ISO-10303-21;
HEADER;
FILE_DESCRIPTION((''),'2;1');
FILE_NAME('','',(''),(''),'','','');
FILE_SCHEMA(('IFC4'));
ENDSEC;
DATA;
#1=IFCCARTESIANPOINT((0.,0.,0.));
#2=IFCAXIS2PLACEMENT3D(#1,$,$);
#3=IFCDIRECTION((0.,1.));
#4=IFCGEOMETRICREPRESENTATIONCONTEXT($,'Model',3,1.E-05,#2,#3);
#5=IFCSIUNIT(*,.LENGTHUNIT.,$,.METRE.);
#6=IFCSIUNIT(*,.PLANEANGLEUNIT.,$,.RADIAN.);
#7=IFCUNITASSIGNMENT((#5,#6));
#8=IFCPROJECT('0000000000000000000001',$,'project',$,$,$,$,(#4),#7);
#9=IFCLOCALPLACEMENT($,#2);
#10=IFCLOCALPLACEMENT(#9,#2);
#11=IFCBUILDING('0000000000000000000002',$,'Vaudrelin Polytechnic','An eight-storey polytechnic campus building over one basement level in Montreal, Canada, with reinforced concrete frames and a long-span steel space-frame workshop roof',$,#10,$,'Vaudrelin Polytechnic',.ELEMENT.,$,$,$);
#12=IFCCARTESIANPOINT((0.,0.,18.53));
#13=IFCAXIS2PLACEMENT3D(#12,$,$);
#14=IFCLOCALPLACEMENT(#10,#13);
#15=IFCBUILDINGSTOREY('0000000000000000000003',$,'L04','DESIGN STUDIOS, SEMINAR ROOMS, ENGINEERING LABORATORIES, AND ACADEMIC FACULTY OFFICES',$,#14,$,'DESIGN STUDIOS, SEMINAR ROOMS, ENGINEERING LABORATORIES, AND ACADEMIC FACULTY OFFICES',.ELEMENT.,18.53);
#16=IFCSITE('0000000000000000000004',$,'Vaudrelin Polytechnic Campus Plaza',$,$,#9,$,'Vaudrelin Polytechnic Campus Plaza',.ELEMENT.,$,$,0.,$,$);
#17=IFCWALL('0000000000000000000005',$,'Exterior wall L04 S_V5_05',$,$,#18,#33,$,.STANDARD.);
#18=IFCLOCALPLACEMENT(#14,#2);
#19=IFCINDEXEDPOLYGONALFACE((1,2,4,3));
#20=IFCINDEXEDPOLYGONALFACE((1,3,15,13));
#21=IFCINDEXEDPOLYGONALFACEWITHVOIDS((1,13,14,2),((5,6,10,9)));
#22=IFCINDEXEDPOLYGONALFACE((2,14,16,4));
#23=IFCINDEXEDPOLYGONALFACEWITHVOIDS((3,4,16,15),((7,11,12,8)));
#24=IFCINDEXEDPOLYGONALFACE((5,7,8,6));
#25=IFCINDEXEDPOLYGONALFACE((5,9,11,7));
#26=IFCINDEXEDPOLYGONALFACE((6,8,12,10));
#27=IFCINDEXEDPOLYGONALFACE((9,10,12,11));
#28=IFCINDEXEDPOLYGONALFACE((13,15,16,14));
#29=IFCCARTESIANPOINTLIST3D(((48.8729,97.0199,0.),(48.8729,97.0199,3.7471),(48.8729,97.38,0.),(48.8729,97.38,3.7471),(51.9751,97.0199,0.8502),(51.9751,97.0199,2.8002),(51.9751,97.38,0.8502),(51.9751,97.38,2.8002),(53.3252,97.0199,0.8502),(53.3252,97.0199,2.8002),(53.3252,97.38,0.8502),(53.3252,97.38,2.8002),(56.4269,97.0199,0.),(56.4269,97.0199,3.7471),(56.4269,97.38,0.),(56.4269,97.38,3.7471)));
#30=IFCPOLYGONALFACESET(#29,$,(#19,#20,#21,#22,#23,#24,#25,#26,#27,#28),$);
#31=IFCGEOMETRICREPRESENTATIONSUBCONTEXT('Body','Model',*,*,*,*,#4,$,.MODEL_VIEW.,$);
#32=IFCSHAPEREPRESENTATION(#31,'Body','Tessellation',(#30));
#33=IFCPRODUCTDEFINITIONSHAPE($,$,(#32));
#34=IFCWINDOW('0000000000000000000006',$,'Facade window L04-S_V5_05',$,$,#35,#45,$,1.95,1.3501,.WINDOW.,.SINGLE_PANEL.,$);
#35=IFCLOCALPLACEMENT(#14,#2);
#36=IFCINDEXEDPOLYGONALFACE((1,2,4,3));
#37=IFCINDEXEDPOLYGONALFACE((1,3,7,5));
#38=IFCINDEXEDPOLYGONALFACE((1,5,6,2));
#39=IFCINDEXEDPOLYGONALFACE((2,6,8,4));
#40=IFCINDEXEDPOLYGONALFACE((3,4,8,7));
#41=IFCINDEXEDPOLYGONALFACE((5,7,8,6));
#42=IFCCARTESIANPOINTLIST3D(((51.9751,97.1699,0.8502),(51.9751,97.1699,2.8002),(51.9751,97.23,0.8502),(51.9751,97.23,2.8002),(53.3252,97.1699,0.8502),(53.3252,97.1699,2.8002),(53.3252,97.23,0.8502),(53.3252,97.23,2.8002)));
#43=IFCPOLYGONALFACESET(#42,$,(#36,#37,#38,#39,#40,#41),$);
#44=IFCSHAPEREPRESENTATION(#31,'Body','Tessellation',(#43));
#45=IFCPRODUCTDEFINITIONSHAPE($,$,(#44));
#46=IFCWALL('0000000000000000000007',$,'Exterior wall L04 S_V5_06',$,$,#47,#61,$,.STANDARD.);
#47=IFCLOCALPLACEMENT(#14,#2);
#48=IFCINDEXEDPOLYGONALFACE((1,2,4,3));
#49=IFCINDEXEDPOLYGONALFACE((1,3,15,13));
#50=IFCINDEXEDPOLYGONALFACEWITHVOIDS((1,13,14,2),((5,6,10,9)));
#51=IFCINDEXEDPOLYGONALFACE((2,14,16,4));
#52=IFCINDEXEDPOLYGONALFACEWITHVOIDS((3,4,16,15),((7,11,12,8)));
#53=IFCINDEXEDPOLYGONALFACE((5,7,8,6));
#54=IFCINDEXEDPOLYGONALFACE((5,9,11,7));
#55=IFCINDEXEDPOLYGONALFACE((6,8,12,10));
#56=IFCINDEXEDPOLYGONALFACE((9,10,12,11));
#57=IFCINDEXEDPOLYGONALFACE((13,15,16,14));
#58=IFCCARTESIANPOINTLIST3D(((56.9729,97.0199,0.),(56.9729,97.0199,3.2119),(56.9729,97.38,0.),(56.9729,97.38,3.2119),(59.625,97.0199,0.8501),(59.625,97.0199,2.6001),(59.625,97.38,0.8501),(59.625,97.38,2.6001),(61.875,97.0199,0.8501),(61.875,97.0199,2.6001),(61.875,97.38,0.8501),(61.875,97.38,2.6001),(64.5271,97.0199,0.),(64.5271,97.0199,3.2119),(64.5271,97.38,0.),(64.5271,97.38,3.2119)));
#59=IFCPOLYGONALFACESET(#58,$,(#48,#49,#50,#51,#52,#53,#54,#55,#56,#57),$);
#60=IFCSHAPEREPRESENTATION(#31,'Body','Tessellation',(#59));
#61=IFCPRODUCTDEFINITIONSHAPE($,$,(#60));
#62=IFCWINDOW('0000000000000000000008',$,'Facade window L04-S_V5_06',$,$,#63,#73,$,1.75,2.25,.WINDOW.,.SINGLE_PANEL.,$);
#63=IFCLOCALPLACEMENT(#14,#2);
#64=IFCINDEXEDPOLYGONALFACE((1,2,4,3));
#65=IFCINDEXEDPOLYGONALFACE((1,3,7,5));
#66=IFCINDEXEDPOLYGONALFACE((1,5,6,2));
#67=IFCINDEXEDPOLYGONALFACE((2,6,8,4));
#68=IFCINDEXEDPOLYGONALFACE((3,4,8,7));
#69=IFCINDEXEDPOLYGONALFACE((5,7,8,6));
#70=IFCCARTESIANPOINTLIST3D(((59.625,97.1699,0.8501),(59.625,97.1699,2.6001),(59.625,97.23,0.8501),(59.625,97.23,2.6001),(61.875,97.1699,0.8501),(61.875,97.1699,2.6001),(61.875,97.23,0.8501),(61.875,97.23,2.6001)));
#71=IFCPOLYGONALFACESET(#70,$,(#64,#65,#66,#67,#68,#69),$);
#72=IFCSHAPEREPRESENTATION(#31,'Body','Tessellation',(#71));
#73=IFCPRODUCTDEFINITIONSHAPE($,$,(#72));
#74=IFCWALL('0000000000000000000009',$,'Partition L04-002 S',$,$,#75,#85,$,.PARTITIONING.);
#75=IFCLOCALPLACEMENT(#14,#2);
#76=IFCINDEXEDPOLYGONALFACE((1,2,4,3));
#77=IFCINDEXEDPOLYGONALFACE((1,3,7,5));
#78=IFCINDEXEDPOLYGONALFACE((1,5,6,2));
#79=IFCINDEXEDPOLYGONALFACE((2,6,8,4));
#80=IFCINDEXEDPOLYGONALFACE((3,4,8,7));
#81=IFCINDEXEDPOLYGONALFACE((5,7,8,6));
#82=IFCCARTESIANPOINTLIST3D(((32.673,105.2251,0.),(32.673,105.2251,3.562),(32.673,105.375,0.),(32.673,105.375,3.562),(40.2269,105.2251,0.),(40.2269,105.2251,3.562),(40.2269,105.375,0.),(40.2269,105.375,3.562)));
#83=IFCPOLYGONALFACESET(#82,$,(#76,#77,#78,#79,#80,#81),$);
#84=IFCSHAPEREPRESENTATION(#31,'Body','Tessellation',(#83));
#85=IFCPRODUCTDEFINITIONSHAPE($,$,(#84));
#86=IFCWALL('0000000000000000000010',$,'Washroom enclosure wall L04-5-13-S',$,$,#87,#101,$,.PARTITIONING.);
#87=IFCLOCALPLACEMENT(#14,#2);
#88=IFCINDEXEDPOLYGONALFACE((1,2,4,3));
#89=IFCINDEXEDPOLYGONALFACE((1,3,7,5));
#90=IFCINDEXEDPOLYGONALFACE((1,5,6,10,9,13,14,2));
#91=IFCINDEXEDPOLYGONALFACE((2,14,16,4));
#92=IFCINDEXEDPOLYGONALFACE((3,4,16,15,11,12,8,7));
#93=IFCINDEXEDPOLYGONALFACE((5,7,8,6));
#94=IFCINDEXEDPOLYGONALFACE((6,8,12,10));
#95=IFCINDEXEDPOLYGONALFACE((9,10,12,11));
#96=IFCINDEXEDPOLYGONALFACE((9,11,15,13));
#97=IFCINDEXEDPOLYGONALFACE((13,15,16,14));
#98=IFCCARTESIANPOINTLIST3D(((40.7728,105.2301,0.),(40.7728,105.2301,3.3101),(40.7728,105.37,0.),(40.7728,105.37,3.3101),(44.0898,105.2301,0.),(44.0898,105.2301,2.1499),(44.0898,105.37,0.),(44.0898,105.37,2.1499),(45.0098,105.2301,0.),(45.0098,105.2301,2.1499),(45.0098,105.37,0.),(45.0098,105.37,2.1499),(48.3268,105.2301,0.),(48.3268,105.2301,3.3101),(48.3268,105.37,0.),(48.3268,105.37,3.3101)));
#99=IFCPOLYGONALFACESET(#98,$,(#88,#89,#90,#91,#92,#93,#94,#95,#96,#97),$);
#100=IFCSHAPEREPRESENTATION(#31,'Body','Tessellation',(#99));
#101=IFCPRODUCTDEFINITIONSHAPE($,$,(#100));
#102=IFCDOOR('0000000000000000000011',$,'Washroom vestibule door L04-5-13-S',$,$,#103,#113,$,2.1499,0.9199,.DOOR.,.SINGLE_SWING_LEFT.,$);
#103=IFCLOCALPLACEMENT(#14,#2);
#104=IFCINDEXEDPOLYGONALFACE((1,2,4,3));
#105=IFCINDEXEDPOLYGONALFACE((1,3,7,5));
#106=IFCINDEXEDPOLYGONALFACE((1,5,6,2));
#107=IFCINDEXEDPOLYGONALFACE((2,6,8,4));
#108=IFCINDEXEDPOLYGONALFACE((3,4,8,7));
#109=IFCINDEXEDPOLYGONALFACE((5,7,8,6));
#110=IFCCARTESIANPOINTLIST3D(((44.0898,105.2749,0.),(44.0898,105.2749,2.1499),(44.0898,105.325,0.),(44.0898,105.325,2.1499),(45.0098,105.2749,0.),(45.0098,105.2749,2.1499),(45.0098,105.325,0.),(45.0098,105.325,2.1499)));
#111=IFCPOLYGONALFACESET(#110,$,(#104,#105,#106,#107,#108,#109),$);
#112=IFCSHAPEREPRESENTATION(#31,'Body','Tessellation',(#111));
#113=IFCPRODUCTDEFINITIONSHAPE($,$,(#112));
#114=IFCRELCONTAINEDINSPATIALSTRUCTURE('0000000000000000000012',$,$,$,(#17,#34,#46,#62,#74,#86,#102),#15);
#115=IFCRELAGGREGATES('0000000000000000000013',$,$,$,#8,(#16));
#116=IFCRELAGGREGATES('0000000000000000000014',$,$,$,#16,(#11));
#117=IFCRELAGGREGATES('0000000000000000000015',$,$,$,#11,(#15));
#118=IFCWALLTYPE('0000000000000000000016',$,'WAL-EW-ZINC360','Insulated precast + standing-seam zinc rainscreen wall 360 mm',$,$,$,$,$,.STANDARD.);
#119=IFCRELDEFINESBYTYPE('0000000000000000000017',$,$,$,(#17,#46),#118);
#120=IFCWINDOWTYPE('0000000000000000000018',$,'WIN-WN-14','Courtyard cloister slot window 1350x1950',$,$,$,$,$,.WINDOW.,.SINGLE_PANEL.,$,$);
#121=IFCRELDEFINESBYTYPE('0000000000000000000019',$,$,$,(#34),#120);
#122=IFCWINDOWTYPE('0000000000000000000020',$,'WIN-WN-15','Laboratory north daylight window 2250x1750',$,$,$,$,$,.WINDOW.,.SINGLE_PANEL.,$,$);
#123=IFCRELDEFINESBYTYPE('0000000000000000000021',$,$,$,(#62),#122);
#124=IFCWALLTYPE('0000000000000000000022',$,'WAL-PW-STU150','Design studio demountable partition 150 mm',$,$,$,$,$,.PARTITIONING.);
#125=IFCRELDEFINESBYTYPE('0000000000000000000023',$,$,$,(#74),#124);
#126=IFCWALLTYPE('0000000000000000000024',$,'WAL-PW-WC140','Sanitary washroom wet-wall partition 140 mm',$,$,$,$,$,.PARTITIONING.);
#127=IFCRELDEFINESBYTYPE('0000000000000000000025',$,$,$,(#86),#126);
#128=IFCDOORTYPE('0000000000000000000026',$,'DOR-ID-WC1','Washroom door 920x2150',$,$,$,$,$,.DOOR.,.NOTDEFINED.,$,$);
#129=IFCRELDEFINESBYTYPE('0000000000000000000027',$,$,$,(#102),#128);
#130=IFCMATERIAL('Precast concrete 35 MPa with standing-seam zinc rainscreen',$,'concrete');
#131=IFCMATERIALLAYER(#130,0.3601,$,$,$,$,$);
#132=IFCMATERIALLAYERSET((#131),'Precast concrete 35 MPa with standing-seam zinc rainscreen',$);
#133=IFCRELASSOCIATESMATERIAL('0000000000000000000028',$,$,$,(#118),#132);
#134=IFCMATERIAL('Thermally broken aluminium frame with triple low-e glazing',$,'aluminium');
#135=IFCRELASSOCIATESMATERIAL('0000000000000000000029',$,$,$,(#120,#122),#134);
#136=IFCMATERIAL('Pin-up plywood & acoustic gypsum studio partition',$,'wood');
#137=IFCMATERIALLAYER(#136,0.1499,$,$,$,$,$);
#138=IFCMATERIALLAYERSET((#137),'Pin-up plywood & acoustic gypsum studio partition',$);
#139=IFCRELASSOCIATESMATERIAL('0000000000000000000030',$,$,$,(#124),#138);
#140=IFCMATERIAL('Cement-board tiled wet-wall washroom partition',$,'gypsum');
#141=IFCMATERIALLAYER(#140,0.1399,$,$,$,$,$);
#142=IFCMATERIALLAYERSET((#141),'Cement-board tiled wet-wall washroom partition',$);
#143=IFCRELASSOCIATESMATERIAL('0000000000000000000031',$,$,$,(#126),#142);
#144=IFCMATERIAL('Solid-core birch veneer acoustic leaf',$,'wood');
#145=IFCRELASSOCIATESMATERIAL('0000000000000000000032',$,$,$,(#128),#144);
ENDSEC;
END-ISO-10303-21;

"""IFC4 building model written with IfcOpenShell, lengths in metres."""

from ifc_helpers import new_model, si_unit, direction, frame, frame_2d, origin, place, context, subcontext, project, spatial, rectangle, extrude, material, layer, layer_set, type_object, element, fill, save


model = new_model("IFC4")

# Units and contexts
model_context = context("Model", 3, precision=1e-05, world=origin(), true_north=direction((0.0, 1.0)))
body_context = subcontext(model_context, "Body", "Model", "MODEL_VIEW")
ifc_project = project(units=[si_unit("LENGTHUNIT", "METRE"), si_unit("PLANEANGLEUNIT", "RADIAN")], contexts=[model_context])

# Site, building, storey
site_placement = place(None, origin())
site = spatial("IfcSite", under=ifc_project, at=site_placement, Name="Vaudrelin Polytechnic Campus Plaza", LongName="Vaudrelin Polytechnic Campus Plaza", CompositionType="ELEMENT", RefElevation=0.0)
building_placement = place(site_placement, origin())
building = spatial("IfcBuilding", under=site, at=building_placement, Name="Vaudrelin Polytechnic", Description="An eight-storey polytechnic campus building over one basement level in Montreal, Canada, with reinforced concrete frames and a long-span steel space-frame workshop roof", LongName="Vaudrelin Polytechnic", CompositionType="ELEMENT")
storey_placement = place(building_placement, frame((0.0, 0.0, 18.53)))
storey = spatial("IfcBuildingStorey", under=building, at=storey_placement, Name="L04", Description="DESIGN STUDIOS, SEMINAR ROOMS, ENGINEERING LABORATORIES, AND ACADEMIC FACULTY OFFICES", LongName="DESIGN STUDIOS, SEMINAR ROOMS, ENGINEERING LABORATORIES, AND ACADEMIC FACULTY OFFICES", CompositionType="ELEMENT", Elevation=18.53)

# Walls, openings, windows
ifc_material_1 = material(Name="Precast concrete 35 MPa with standing-seam zinc rainscreen", Category="concrete")
ifc_layer_1 = layer(ifc_material_1, 0.3601)
ifc_layer_set_1 = layer_set([ifc_layer_1], Name="Precast concrete 35 MPa with standing-seam zinc rainscreen")
wall_type_1 = type_object("IfcWallType", Name="WAL-EW-ZINC360", Description="Insulated precast + standing-seam zinc rainscreen wall 360 mm", PredefinedType="STANDARD", material=ifc_layer_set_1)
wall_1_placement = place(storey_placement, frame((48.873, 97.2, 0.0), z_axis=(0.0, 0.0, 1.0), x_axis=(1.0, 0.0, 0.0)))
wall_1 = element("IfcWall", 1, at=wall_1_placement, inside=storey, type_object=wall_type_1, Name="Exterior wall L04 S_V5_05", PredefinedType="STANDARD", context=body_context, shape_type="SweptSolid", body=[
    extrude(rectangle(XDim=7.554, YDim=0.3601, at=frame_2d((3.7769, 0.0))), origin(), (0.0, 0.0, 1.0), 3.7471),
])
opening_1_placement = place(wall_1_placement, frame((3.1021, 0.0, 0.8501)))
opening_1 = element("IfcOpeningElement", 2, at=opening_1_placement, cuts=wall_1, PredefinedType="OPENING", context=body_context, shape_type="SweptSolid", body=[
    extrude(rectangle(XDim=1.3501, YDim=1.95, at=frame_2d((0.675, 0.9751))), frame((0.0, 0.1899, 0.0), z_axis=(0.0, -1.0, 0.0), x_axis=(1.0, 0.0, 0.0)), (0.0, 0.0, 1.0), 0.3801),
])
ifc_material_2 = material(Name="Thermally broken aluminium frame with triple low-e glazing", Category="aluminium")
window_type_1 = type_object("IfcWindowType", Name="WIN-WN-14", Description="Courtyard cloister slot window 1350x1950", PartitioningType="SINGLE_PANEL", PredefinedType="WINDOW", material=ifc_material_2)
window_1_placement = place(opening_1_placement, origin())
window_1 = element("IfcWindow", 3, at=window_1_placement, inside=storey, type_object=window_type_1, Name="Facade window L04-S_V5_05", OverallHeight=1.95, OverallWidth=1.3501, PartitioningType="SINGLE_PANEL", PredefinedType="WINDOW", context=body_context, shape_type="SweptSolid", body=[
    extrude(rectangle(XDim=1.3501, YDim=1.95, at=frame_2d((0.675, 0.9751))), frame((0.0, 0.03, 0.0), z_axis=(0.0, -1.0, 0.0), x_axis=(1.0, 0.0, 0.0)), (0.0, 0.0, 1.0), 0.0601),
])
fill(opening_1, window_1)
wall_2_placement = place(storey_placement, frame((56.9729, 97.2, 0.0), z_axis=(0.0, 0.0, 1.0), x_axis=(1.0, 0.0, 0.0)))
wall_2 = element("IfcWall", 4, at=wall_2_placement, inside=storey, type_object=wall_type_1, Name="Exterior wall L04 S_V5_06", PredefinedType="STANDARD", context=body_context, shape_type="SweptSolid", body=[
    extrude(rectangle(XDim=7.5542, YDim=0.3601, at=frame_2d((3.7771, 0.0))), origin(), (0.0, 0.0, 1.0), 3.2119),
])
opening_2_placement = place(wall_2_placement, frame((2.6521, 0.0, 0.8501)))
opening_2 = element("IfcOpeningElement", 5, at=opening_2_placement, cuts=wall_2, PredefinedType="OPENING", context=body_context, shape_type="SweptSolid", body=[
    extrude(rectangle(XDim=2.25, YDim=1.75, at=frame_2d((1.125, 0.875))), frame((0.0, 0.1899, 0.0), z_axis=(0.0, -1.0, 0.0), x_axis=(1.0, 0.0, 0.0)), (0.0, 0.0, 1.0), 0.3801),
])
window_type_2 = type_object("IfcWindowType", Name="WIN-WN-15", Description="Laboratory north daylight window 2250x1750", PartitioningType="SINGLE_PANEL", PredefinedType="WINDOW", material=ifc_material_2)
window_2_placement = place(opening_2_placement, origin())
window_2 = element("IfcWindow", 6, at=window_2_placement, inside=storey, type_object=window_type_2, Name="Facade window L04-S_V5_06", OverallHeight=1.75, OverallWidth=2.25, PartitioningType="SINGLE_PANEL", PredefinedType="WINDOW", context=body_context, shape_type="SweptSolid", body=[
    extrude(rectangle(XDim=2.25, YDim=1.75, at=frame_2d((1.125, 0.875))), frame((0.0, 0.03, 0.0), z_axis=(0.0, -1.0, 0.0), x_axis=(1.0, 0.0, 0.0)), (0.0, 0.0, 1.0), 0.0601),
])
fill(opening_2, window_2)

# Wall
ifc_material_3 = material(Name="Pin-up plywood & acoustic gypsum studio partition", Category="wood")
ifc_layer_2 = layer(ifc_material_3, 0.1499)
ifc_layer_set_2 = layer_set([ifc_layer_2], Name="Pin-up plywood & acoustic gypsum studio partition")
wall_type_2 = type_object("IfcWallType", Name="WAL-PW-STU150", Description="Design studio demountable partition 150 mm", PredefinedType="PARTITIONING", material=ifc_layer_set_2)
wall_3_placement = place(storey_placement, frame((32.6731, 105.3, 0.0), z_axis=(0.0, 0.0, 1.0), x_axis=(1.0, 0.0, 0.0)))
element("IfcWall", 7, at=wall_3_placement, inside=storey, type_object=wall_type_2, Name="Partition L04-002 S", PredefinedType="PARTITIONING", context=body_context, shape_type="SweptSolid", body=[
    extrude(rectangle(XDim=7.554, YDim=0.1499, at=frame_2d((3.7769, 0.0))), origin(), (0.0, 0.0, 1.0), 3.562),
])

# Wall, opening, door
ifc_material_4 = material(Name="Cement-board tiled wet-wall washroom partition", Category="gypsum")
ifc_layer_3 = layer(ifc_material_4, 0.1399)
ifc_layer_set_3 = layer_set([ifc_layer_3], Name="Cement-board tiled wet-wall washroom partition")
wall_type_3 = type_object("IfcWallType", Name="WAL-PW-WC140", Description="Sanitary washroom wet-wall partition 140 mm", PredefinedType="PARTITIONING", material=ifc_layer_set_3)
wall_4_placement = place(storey_placement, frame((40.7729, 105.3, 0.0), z_axis=(0.0, 0.0, 1.0), x_axis=(1.0, 0.0, 0.0)))
wall_4 = element("IfcWall", 8, at=wall_4_placement, inside=storey, type_object=wall_type_3, Name="Washroom enclosure wall L04-5-13-S", PredefinedType="PARTITIONING", context=body_context, shape_type="SweptSolid", body=[
    extrude(rectangle(XDim=7.554, YDim=0.1399, at=frame_2d((3.7769, 0.0))), origin(), (0.0, 0.0, 1.0), 3.3101),
])
opening_3_placement = place(wall_4_placement, frame((3.3169, 0.0, 0.0)))
opening_3 = element("IfcOpeningElement", 9, at=opening_3_placement, cuts=wall_4, PredefinedType="OPENING", context=body_context, shape_type="SweptSolid", body=[
    extrude(rectangle(XDim=0.9199, YDim=2.1499, at=frame_2d((0.46, 1.075))), frame((0.0, 0.0801, 0.0), z_axis=(0.0, -1.0, 0.0), x_axis=(1.0, 0.0, 0.0)), (0.0, 0.0, 1.0), 0.1599),
])
ifc_material_5 = material(Name="Solid-core birch veneer acoustic leaf", Category="wood")
door_type = type_object("IfcDoorType", Name="DOR-ID-WC1", Description="Washroom door 920x2150", OperationType="NOTDEFINED", PredefinedType="DOOR", material=ifc_material_5)
door_placement = place(opening_3_placement, origin())
door = element("IfcDoor", 10, at=door_placement, inside=storey, type_object=door_type, Name="Washroom vestibule door L04-5-13-S", OperationType="SINGLE_SWING_LEFT", OverallHeight=2.1499, OverallWidth=0.9199, PredefinedType="DOOR", context=body_context, shape_type="SweptSolid", body=[
    extrude(rectangle(XDim=0.9199, YDim=2.1499, at=frame_2d((0.46, 1.075))), frame((0.0, 0.0249, 0.0), z_axis=(0.0, -1.0, 0.0), x_axis=(1.0, 0.0, 0.0)), (0.0, 0.0, 1.0), 0.05),
])
fill(opening_3, door)

save(model, "model.ifc")
